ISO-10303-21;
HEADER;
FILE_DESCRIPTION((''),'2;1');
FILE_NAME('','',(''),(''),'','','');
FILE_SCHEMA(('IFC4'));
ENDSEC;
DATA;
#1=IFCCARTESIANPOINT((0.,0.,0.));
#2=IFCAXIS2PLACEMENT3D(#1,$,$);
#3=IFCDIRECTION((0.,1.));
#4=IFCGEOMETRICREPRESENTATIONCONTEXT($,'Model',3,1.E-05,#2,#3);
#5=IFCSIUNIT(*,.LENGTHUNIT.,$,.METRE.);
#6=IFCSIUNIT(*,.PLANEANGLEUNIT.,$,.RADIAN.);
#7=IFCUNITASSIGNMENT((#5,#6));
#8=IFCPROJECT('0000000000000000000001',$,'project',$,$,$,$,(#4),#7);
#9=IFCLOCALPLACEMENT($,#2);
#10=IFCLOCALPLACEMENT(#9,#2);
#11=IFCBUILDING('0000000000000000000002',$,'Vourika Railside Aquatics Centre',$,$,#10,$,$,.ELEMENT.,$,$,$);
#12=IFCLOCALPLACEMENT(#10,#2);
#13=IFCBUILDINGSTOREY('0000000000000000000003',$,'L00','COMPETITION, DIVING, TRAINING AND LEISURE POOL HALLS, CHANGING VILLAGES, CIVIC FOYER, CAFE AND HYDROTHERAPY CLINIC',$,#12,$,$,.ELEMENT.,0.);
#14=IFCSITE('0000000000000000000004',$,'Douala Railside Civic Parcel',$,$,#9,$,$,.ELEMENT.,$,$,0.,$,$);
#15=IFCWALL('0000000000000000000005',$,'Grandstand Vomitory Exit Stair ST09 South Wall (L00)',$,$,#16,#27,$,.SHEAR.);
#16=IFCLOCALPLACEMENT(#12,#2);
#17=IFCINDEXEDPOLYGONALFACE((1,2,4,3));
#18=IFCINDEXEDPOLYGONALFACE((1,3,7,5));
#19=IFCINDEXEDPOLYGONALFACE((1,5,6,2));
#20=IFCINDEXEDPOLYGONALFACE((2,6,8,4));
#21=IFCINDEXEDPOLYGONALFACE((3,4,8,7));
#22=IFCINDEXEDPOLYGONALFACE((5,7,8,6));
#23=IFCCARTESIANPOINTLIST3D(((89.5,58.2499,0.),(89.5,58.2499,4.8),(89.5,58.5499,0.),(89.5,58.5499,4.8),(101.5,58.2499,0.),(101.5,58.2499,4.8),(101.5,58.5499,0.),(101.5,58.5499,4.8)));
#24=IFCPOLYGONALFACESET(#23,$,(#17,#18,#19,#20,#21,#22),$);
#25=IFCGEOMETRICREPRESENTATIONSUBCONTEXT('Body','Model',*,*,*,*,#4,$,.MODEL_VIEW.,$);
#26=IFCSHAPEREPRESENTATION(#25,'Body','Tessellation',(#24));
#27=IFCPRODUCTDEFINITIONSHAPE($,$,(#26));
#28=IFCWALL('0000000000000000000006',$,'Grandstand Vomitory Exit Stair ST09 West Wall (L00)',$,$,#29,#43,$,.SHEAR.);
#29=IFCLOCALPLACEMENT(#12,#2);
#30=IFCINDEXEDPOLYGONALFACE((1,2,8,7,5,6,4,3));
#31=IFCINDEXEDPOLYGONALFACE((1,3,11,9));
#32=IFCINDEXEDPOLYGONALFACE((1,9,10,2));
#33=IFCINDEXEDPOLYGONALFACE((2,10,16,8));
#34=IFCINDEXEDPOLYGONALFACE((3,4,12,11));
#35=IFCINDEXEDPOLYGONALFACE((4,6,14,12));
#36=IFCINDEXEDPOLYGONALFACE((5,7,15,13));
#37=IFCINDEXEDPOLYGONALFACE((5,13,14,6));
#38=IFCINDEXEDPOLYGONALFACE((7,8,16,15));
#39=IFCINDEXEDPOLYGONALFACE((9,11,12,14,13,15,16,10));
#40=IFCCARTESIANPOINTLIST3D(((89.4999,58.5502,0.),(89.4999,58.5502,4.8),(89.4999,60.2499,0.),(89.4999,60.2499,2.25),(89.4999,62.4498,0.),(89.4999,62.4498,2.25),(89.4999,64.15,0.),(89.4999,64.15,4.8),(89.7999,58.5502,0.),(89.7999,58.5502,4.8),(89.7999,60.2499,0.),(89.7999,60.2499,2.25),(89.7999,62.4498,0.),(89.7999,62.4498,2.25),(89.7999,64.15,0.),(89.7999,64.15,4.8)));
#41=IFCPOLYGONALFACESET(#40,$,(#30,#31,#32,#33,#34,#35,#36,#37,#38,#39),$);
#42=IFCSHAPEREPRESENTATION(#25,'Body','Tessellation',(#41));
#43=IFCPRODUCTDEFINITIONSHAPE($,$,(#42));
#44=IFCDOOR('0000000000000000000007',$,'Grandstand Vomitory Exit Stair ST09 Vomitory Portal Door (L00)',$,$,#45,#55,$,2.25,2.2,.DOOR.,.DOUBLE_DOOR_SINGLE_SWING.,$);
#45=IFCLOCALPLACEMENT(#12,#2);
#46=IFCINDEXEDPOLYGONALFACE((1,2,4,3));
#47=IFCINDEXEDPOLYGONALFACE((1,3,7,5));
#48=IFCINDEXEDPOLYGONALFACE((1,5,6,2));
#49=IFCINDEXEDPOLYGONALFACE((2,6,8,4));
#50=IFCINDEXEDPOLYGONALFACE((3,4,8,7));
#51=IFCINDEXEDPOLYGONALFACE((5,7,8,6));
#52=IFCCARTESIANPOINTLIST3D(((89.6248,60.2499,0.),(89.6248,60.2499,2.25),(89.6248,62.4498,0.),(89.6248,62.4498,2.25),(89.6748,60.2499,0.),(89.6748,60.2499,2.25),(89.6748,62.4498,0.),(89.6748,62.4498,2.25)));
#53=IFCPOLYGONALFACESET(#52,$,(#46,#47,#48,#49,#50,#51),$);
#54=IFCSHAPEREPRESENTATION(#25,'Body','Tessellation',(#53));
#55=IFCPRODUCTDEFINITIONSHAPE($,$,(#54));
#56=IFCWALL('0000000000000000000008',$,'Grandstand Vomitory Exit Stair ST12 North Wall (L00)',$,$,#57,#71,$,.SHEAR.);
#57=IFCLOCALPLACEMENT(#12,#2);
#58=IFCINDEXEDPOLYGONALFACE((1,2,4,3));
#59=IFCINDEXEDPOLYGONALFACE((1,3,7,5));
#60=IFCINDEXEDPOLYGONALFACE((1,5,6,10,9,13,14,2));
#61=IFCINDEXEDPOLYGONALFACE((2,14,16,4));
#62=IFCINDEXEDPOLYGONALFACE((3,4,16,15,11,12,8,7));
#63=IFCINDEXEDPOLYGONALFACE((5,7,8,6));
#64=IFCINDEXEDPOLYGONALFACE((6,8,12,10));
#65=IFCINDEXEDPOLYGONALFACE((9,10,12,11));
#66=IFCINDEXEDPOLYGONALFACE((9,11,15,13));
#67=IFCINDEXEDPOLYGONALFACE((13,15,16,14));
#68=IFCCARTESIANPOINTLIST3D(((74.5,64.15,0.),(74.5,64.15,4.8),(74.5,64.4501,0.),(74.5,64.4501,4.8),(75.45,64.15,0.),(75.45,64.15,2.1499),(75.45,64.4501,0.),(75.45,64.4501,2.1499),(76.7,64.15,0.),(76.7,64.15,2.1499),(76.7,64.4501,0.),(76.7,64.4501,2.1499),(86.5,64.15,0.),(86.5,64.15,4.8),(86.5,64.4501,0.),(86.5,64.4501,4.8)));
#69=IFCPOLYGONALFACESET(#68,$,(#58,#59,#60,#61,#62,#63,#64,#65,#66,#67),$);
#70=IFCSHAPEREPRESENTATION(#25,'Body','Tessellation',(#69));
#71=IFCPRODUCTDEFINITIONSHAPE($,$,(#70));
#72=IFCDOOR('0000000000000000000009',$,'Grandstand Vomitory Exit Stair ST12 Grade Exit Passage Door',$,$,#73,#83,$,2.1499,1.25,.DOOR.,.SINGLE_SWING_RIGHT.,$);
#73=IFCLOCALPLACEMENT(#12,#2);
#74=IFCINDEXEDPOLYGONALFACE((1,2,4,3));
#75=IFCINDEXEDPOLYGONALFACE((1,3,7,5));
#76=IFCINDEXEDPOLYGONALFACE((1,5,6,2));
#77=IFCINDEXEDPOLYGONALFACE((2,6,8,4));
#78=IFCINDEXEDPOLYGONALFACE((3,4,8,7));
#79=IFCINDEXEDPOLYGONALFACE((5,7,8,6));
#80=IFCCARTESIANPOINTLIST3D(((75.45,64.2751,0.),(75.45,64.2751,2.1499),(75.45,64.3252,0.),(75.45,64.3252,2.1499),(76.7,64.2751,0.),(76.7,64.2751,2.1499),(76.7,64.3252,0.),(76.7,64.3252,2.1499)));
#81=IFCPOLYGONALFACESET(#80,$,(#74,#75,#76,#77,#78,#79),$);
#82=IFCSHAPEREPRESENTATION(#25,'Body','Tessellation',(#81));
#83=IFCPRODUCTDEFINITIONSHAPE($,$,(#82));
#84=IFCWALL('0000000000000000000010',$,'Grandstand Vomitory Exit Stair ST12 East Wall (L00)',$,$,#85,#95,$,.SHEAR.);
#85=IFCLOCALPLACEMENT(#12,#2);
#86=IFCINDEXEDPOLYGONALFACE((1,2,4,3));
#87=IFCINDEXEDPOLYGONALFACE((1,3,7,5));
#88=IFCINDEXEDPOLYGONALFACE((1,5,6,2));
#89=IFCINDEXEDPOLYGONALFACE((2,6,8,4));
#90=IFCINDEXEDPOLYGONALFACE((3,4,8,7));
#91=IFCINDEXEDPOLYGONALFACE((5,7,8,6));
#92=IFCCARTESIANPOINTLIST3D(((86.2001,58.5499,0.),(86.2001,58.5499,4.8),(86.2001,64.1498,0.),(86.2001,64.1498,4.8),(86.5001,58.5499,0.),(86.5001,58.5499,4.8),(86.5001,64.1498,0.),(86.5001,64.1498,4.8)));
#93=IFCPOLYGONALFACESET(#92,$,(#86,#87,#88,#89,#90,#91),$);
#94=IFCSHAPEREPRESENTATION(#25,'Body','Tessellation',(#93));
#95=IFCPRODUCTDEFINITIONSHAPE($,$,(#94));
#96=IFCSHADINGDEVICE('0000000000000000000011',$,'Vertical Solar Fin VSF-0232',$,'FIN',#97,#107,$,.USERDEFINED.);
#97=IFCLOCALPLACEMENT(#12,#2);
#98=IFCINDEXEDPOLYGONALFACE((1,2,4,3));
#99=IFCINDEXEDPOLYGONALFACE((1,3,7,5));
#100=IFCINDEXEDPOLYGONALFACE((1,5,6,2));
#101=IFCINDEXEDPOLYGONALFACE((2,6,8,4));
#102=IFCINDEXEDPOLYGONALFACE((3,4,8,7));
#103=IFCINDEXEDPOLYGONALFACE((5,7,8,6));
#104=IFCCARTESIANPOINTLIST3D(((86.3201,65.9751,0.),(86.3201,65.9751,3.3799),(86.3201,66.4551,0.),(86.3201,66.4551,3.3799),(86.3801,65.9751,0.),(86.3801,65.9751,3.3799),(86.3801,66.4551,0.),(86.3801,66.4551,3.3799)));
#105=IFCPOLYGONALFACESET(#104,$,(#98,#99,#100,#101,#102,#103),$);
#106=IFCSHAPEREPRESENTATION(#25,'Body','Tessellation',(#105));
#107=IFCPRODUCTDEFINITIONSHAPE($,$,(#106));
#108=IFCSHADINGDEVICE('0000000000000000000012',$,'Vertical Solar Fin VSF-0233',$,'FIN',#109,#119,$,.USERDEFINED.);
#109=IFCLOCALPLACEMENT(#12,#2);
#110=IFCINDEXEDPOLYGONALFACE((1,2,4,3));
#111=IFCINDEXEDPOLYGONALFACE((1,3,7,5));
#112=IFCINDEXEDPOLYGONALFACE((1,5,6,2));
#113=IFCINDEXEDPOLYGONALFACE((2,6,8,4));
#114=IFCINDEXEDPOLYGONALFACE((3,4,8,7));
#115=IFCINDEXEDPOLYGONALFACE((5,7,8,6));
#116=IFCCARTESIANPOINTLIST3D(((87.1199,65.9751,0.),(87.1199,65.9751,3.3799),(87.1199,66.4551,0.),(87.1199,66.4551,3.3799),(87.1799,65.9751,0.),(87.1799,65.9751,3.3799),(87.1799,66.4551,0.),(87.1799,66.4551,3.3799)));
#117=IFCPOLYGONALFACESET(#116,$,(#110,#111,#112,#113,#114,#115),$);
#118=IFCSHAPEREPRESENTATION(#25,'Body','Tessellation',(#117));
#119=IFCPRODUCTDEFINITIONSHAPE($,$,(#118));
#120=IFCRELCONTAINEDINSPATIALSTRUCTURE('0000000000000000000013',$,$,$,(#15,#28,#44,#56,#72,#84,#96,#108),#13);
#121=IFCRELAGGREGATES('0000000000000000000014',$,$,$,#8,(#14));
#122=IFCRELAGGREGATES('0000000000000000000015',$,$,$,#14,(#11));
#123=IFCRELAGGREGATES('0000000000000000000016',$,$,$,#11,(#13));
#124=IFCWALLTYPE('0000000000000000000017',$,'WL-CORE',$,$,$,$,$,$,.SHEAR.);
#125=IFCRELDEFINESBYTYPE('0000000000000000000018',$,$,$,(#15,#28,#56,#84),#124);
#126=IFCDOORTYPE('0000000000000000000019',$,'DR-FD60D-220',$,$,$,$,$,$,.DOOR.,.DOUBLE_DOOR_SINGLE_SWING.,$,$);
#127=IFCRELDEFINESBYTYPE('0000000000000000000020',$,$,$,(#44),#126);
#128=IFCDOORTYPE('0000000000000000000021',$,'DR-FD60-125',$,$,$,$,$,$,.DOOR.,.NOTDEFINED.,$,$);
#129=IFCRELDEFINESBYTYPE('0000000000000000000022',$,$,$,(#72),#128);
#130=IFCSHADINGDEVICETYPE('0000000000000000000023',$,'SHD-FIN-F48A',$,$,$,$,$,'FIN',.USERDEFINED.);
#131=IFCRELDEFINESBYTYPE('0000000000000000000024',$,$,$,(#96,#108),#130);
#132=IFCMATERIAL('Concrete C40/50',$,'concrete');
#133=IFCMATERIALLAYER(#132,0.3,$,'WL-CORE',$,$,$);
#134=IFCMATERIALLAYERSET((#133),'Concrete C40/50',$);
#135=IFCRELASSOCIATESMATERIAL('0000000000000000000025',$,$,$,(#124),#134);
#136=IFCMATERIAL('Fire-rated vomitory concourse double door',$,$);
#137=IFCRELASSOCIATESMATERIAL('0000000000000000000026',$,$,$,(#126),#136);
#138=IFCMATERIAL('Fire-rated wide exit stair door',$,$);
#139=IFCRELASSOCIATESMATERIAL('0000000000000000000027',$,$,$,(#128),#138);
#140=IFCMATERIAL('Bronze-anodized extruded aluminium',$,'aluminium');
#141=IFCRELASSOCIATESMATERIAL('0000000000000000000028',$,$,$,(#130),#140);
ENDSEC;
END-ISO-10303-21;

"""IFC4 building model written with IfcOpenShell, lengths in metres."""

from ifc_helpers import new_model, si_unit, direction, frame, frame_2d, origin, origin_2d, place, context, subcontext, project, spatial, rectangle, extrude, material, layer, layer_set, material_profile, profile_set, type_object, element, fill, save


model = new_model("IFC4")

# Units and contexts
model_context = context("Model", 3, precision=1e-05, world=origin(), true_north=direction((0.0, 1.0)))
body_context = subcontext(model_context, "Body", "Model", "MODEL_VIEW")
ifc_project = project(units=[si_unit("LENGTHUNIT", "METRE"), si_unit("PLANEANGLEUNIT", "RADIAN")], contexts=[model_context])

# Site, building, storey
site_placement = place(None, origin())
site = spatial("IfcSite", under=ifc_project, at=site_placement, Name="Douala Railside Civic Parcel", CompositionType="ELEMENT", RefElevation=0.0)
building_placement = place(site_placement, origin())
building = spatial("IfcBuilding", under=site, at=building_placement, Name="Vourika Railside Aquatics Centre", CompositionType="ELEMENT")
storey_placement = place(building_placement, origin())
storey = spatial("IfcBuildingStorey", under=building, at=storey_placement, Name="L00", Description="COMPETITION, DIVING, TRAINING AND LEISURE POOL HALLS, CHANGING VILLAGES, CIVIC FOYER, CAFE AND HYDROTHERAPY CLINIC", CompositionType="ELEMENT", Elevation=0.0)

# Shared definitions
ifc_material_1 = material(Name="Concrete C40/50", Category="concrete")

# Wall
ifc_layer_1 = layer(ifc_material_1, 0.3, Name="WL-CORE")
ifc_layer_set_1 = layer_set([ifc_layer_1], Name="Concrete C40/50")
wall_type = type_object("IfcWallType", Name="WL-CORE", PredefinedType="SHEAR", material=ifc_layer_set_1)
wall_1_placement = place(storey_placement, frame((89.5, 58.3999, 0.0), z_axis=(0.0, 0.0, 1.0), x_axis=(1.0, 0.0, 0.0)))
element("IfcWall", 1, at=wall_1_placement, inside=storey, type_object=wall_type, Name="Grandstand Vomitory Exit Stair ST09 South Wall (L00)", PredefinedType="SHEAR", context=body_context, shape_type="SweptSolid", body=[
    extrude(rectangle(XDim=12.0, YDim=0.3, at=frame_2d((6.0, 0.0))), origin(), (0.0, 0.0, 1.0), 4.8),
])

# Walls, openings, doors
wall_2_placement = place(storey_placement, frame((89.6499, 64.1499, 0.0), z_axis=(0.0, 0.0, 1.0), x_axis=(0.0, -1.0, 0.0)))
wall_2 = element("IfcWall", 2, at=wall_2_placement, inside=storey, type_object=wall_type, Name="Grandstand Vomitory Exit Stair ST09 West Wall (L00)", PredefinedType="SHEAR", context=body_context, shape_type="SweptSolid", body=[
    extrude(rectangle(XDim=5.5999, YDim=0.3, at=frame_2d((2.7998, 0.0))), origin(), (0.0, 0.0, 1.0), 4.8),
])
opening_1_placement = place(wall_2_placement, frame((1.7, 0.0, 0.0)))
opening_1 = element("IfcOpeningElement", 3, at=opening_1_placement, cuts=wall_2, PredefinedType="OPENING", context=body_context, shape_type="SweptSolid", body=[
    extrude(rectangle(XDim=2.2, YDim=2.25, at=frame_2d((1.1001, 1.125))), frame((0.0, 0.1602, 0.0), z_axis=(0.0, -1.0, 0.0), x_axis=(1.0, 0.0, 0.0)), (0.0, 0.0, 1.0), 0.3201),
])
ifc_material_2 = material(Name="Fire-rated vomitory concourse double door")
door_type_1 = type_object("IfcDoorType", Name="DR-FD60D-220", OperationType="DOUBLE_DOOR_SINGLE_SWING", PredefinedType="DOOR", material=ifc_material_2)
door_1_placement = place(opening_1_placement, origin())
door_1 = element("IfcDoor", 4, at=door_1_placement, inside=storey, type_object=door_type_1, Name="Grandstand Vomitory Exit Stair ST09 Vomitory Portal Door (L00)", OperationType="DOUBLE_DOOR_SINGLE_SWING", OverallHeight=2.25, OverallWidth=2.2, PredefinedType="DOOR", context=body_context, shape_type="SweptSolid", body=[
    extrude(rectangle(XDim=2.2, YDim=2.25, at=frame_2d((1.1001, 1.125))), frame((0.0, 0.0249, 0.0), z_axis=(0.0, -1.0, 0.0), x_axis=(1.0, 0.0, 0.0)), (0.0, 0.0, 1.0), 0.05),
])
fill(opening_1, door_1)
wall_3_placement = place(storey_placement, frame((86.5, 64.3, 0.0), z_axis=(0.0, 0.0, 1.0), x_axis=(-1.0, 0.0, 0.0)))
wall_3 = element("IfcWall", 5, at=wall_3_placement, inside=storey, type_object=wall_type, Name="Grandstand Vomitory Exit Stair ST12 North Wall (L00)", PredefinedType="SHEAR", context=body_context, shape_type="SweptSolid", body=[
    extrude(rectangle(XDim=12.0, YDim=0.3, at=frame_2d((6.0, 0.0))), origin(), (0.0, 0.0, 1.0), 4.8),
])
opening_2_placement = place(wall_3_placement, frame((9.8, 0.0, 0.0)))
opening_2 = element("IfcOpeningElement", 6, at=opening_2_placement, cuts=wall_3, PredefinedType="OPENING", context=body_context, shape_type="SweptSolid", body=[
    extrude(rectangle(XDim=1.25, YDim=2.1499, at=frame_2d((0.625, 1.075))), frame((0.0, 0.1602, 0.0), z_axis=(0.0, -1.0, 0.0), x_axis=(1.0, 0.0, 0.0)), (0.0, 0.0, 1.0), 0.3201),
])
ifc_material_3 = material(Name="Fire-rated wide exit stair door")
door_type_2 = type_object("IfcDoorType", Name="DR-FD60-125", OperationType="NOTDEFINED", PredefinedType="DOOR", material=ifc_material_3)
door_2_placement = place(opening_2_placement, origin())
door_2 = element("IfcDoor", 7, at=door_2_placement, inside=storey, type_object=door_type_2, Name="Grandstand Vomitory Exit Stair ST12 Grade Exit Passage Door", OperationType="SINGLE_SWING_RIGHT", OverallHeight=2.1499, OverallWidth=1.25, PredefinedType="DOOR", context=body_context, shape_type="SweptSolid", body=[
    extrude(rectangle(XDim=1.25, YDim=2.1499, at=frame_2d((0.625, 1.075))), frame((0.0, 0.0249, 0.0), z_axis=(0.0, -1.0, 0.0), x_axis=(1.0, 0.0, 0.0)), (0.0, 0.0, 1.0), 0.05),
])
fill(opening_2, door_2)

# Wall
wall_4_placement = place(storey_placement, frame((86.3501, 58.55, 0.0), z_axis=(0.0, 0.0, 1.0), x_axis=(0.0, 1.0, 0.0)))
element("IfcWall", 8, at=wall_4_placement, inside=storey, type_object=wall_type, Name="Grandstand Vomitory Exit Stair ST12 East Wall (L00)", PredefinedType="SHEAR", context=body_context, shape_type="SweptSolid", body=[
    extrude(rectangle(XDim=5.5999, YDim=0.3, at=frame_2d((2.7998, 0.0))), origin(), (0.0, 0.0, 1.0), 4.8),
])

# Shading devices
ifc_material_4 = material(Name="Bronze-anodized extruded aluminium", Category="aluminium")
ifc_material_profile_1 = material_profile(ifc_material_4, rectangle(XDim=0.0601, YDim=0.48, at=origin_2d()), Name="ALU-FIN 60x480")
ifc_profile_set_1 = profile_set([ifc_material_profile_1], Name="Bronze-anodized extruded aluminium")
shading_device_type = type_object("IfcShadingDeviceType", Name="SHD-FIN-F48A", ElementType="FIN", PredefinedType="USERDEFINED", material=ifc_profile_set_1)
for number, where, z_axis, x_axis, name in (
    (9, (86.3501, 66.2151, 0.0), (0.0, 0.0, 1.0), (1.0, 0.0, 0.0), "Vertical Solar Fin VSF-0232"),
    (10, (87.1499, 66.2151, 0.0), (0.0, 0.0, 1.0), (1.0, 0.0, 0.0), "Vertical Solar Fin VSF-0233"),
):
    element("IfcShadingDevice", number, at=place(storey_placement, frame(where, z_axis=z_axis, x_axis=x_axis)), inside=storey, type_object=shading_device_type, Name=name, ObjectType="FIN", PredefinedType="USERDEFINED", context=body_context, shape_type="SweptSolid", body=[
        extrude(rectangle(XDim=0.0601, YDim=0.48, at=origin_2d()), origin(), (0.0, 0.0, 1.0), 3.3799),
    ])

save(model, "model.ifc")
